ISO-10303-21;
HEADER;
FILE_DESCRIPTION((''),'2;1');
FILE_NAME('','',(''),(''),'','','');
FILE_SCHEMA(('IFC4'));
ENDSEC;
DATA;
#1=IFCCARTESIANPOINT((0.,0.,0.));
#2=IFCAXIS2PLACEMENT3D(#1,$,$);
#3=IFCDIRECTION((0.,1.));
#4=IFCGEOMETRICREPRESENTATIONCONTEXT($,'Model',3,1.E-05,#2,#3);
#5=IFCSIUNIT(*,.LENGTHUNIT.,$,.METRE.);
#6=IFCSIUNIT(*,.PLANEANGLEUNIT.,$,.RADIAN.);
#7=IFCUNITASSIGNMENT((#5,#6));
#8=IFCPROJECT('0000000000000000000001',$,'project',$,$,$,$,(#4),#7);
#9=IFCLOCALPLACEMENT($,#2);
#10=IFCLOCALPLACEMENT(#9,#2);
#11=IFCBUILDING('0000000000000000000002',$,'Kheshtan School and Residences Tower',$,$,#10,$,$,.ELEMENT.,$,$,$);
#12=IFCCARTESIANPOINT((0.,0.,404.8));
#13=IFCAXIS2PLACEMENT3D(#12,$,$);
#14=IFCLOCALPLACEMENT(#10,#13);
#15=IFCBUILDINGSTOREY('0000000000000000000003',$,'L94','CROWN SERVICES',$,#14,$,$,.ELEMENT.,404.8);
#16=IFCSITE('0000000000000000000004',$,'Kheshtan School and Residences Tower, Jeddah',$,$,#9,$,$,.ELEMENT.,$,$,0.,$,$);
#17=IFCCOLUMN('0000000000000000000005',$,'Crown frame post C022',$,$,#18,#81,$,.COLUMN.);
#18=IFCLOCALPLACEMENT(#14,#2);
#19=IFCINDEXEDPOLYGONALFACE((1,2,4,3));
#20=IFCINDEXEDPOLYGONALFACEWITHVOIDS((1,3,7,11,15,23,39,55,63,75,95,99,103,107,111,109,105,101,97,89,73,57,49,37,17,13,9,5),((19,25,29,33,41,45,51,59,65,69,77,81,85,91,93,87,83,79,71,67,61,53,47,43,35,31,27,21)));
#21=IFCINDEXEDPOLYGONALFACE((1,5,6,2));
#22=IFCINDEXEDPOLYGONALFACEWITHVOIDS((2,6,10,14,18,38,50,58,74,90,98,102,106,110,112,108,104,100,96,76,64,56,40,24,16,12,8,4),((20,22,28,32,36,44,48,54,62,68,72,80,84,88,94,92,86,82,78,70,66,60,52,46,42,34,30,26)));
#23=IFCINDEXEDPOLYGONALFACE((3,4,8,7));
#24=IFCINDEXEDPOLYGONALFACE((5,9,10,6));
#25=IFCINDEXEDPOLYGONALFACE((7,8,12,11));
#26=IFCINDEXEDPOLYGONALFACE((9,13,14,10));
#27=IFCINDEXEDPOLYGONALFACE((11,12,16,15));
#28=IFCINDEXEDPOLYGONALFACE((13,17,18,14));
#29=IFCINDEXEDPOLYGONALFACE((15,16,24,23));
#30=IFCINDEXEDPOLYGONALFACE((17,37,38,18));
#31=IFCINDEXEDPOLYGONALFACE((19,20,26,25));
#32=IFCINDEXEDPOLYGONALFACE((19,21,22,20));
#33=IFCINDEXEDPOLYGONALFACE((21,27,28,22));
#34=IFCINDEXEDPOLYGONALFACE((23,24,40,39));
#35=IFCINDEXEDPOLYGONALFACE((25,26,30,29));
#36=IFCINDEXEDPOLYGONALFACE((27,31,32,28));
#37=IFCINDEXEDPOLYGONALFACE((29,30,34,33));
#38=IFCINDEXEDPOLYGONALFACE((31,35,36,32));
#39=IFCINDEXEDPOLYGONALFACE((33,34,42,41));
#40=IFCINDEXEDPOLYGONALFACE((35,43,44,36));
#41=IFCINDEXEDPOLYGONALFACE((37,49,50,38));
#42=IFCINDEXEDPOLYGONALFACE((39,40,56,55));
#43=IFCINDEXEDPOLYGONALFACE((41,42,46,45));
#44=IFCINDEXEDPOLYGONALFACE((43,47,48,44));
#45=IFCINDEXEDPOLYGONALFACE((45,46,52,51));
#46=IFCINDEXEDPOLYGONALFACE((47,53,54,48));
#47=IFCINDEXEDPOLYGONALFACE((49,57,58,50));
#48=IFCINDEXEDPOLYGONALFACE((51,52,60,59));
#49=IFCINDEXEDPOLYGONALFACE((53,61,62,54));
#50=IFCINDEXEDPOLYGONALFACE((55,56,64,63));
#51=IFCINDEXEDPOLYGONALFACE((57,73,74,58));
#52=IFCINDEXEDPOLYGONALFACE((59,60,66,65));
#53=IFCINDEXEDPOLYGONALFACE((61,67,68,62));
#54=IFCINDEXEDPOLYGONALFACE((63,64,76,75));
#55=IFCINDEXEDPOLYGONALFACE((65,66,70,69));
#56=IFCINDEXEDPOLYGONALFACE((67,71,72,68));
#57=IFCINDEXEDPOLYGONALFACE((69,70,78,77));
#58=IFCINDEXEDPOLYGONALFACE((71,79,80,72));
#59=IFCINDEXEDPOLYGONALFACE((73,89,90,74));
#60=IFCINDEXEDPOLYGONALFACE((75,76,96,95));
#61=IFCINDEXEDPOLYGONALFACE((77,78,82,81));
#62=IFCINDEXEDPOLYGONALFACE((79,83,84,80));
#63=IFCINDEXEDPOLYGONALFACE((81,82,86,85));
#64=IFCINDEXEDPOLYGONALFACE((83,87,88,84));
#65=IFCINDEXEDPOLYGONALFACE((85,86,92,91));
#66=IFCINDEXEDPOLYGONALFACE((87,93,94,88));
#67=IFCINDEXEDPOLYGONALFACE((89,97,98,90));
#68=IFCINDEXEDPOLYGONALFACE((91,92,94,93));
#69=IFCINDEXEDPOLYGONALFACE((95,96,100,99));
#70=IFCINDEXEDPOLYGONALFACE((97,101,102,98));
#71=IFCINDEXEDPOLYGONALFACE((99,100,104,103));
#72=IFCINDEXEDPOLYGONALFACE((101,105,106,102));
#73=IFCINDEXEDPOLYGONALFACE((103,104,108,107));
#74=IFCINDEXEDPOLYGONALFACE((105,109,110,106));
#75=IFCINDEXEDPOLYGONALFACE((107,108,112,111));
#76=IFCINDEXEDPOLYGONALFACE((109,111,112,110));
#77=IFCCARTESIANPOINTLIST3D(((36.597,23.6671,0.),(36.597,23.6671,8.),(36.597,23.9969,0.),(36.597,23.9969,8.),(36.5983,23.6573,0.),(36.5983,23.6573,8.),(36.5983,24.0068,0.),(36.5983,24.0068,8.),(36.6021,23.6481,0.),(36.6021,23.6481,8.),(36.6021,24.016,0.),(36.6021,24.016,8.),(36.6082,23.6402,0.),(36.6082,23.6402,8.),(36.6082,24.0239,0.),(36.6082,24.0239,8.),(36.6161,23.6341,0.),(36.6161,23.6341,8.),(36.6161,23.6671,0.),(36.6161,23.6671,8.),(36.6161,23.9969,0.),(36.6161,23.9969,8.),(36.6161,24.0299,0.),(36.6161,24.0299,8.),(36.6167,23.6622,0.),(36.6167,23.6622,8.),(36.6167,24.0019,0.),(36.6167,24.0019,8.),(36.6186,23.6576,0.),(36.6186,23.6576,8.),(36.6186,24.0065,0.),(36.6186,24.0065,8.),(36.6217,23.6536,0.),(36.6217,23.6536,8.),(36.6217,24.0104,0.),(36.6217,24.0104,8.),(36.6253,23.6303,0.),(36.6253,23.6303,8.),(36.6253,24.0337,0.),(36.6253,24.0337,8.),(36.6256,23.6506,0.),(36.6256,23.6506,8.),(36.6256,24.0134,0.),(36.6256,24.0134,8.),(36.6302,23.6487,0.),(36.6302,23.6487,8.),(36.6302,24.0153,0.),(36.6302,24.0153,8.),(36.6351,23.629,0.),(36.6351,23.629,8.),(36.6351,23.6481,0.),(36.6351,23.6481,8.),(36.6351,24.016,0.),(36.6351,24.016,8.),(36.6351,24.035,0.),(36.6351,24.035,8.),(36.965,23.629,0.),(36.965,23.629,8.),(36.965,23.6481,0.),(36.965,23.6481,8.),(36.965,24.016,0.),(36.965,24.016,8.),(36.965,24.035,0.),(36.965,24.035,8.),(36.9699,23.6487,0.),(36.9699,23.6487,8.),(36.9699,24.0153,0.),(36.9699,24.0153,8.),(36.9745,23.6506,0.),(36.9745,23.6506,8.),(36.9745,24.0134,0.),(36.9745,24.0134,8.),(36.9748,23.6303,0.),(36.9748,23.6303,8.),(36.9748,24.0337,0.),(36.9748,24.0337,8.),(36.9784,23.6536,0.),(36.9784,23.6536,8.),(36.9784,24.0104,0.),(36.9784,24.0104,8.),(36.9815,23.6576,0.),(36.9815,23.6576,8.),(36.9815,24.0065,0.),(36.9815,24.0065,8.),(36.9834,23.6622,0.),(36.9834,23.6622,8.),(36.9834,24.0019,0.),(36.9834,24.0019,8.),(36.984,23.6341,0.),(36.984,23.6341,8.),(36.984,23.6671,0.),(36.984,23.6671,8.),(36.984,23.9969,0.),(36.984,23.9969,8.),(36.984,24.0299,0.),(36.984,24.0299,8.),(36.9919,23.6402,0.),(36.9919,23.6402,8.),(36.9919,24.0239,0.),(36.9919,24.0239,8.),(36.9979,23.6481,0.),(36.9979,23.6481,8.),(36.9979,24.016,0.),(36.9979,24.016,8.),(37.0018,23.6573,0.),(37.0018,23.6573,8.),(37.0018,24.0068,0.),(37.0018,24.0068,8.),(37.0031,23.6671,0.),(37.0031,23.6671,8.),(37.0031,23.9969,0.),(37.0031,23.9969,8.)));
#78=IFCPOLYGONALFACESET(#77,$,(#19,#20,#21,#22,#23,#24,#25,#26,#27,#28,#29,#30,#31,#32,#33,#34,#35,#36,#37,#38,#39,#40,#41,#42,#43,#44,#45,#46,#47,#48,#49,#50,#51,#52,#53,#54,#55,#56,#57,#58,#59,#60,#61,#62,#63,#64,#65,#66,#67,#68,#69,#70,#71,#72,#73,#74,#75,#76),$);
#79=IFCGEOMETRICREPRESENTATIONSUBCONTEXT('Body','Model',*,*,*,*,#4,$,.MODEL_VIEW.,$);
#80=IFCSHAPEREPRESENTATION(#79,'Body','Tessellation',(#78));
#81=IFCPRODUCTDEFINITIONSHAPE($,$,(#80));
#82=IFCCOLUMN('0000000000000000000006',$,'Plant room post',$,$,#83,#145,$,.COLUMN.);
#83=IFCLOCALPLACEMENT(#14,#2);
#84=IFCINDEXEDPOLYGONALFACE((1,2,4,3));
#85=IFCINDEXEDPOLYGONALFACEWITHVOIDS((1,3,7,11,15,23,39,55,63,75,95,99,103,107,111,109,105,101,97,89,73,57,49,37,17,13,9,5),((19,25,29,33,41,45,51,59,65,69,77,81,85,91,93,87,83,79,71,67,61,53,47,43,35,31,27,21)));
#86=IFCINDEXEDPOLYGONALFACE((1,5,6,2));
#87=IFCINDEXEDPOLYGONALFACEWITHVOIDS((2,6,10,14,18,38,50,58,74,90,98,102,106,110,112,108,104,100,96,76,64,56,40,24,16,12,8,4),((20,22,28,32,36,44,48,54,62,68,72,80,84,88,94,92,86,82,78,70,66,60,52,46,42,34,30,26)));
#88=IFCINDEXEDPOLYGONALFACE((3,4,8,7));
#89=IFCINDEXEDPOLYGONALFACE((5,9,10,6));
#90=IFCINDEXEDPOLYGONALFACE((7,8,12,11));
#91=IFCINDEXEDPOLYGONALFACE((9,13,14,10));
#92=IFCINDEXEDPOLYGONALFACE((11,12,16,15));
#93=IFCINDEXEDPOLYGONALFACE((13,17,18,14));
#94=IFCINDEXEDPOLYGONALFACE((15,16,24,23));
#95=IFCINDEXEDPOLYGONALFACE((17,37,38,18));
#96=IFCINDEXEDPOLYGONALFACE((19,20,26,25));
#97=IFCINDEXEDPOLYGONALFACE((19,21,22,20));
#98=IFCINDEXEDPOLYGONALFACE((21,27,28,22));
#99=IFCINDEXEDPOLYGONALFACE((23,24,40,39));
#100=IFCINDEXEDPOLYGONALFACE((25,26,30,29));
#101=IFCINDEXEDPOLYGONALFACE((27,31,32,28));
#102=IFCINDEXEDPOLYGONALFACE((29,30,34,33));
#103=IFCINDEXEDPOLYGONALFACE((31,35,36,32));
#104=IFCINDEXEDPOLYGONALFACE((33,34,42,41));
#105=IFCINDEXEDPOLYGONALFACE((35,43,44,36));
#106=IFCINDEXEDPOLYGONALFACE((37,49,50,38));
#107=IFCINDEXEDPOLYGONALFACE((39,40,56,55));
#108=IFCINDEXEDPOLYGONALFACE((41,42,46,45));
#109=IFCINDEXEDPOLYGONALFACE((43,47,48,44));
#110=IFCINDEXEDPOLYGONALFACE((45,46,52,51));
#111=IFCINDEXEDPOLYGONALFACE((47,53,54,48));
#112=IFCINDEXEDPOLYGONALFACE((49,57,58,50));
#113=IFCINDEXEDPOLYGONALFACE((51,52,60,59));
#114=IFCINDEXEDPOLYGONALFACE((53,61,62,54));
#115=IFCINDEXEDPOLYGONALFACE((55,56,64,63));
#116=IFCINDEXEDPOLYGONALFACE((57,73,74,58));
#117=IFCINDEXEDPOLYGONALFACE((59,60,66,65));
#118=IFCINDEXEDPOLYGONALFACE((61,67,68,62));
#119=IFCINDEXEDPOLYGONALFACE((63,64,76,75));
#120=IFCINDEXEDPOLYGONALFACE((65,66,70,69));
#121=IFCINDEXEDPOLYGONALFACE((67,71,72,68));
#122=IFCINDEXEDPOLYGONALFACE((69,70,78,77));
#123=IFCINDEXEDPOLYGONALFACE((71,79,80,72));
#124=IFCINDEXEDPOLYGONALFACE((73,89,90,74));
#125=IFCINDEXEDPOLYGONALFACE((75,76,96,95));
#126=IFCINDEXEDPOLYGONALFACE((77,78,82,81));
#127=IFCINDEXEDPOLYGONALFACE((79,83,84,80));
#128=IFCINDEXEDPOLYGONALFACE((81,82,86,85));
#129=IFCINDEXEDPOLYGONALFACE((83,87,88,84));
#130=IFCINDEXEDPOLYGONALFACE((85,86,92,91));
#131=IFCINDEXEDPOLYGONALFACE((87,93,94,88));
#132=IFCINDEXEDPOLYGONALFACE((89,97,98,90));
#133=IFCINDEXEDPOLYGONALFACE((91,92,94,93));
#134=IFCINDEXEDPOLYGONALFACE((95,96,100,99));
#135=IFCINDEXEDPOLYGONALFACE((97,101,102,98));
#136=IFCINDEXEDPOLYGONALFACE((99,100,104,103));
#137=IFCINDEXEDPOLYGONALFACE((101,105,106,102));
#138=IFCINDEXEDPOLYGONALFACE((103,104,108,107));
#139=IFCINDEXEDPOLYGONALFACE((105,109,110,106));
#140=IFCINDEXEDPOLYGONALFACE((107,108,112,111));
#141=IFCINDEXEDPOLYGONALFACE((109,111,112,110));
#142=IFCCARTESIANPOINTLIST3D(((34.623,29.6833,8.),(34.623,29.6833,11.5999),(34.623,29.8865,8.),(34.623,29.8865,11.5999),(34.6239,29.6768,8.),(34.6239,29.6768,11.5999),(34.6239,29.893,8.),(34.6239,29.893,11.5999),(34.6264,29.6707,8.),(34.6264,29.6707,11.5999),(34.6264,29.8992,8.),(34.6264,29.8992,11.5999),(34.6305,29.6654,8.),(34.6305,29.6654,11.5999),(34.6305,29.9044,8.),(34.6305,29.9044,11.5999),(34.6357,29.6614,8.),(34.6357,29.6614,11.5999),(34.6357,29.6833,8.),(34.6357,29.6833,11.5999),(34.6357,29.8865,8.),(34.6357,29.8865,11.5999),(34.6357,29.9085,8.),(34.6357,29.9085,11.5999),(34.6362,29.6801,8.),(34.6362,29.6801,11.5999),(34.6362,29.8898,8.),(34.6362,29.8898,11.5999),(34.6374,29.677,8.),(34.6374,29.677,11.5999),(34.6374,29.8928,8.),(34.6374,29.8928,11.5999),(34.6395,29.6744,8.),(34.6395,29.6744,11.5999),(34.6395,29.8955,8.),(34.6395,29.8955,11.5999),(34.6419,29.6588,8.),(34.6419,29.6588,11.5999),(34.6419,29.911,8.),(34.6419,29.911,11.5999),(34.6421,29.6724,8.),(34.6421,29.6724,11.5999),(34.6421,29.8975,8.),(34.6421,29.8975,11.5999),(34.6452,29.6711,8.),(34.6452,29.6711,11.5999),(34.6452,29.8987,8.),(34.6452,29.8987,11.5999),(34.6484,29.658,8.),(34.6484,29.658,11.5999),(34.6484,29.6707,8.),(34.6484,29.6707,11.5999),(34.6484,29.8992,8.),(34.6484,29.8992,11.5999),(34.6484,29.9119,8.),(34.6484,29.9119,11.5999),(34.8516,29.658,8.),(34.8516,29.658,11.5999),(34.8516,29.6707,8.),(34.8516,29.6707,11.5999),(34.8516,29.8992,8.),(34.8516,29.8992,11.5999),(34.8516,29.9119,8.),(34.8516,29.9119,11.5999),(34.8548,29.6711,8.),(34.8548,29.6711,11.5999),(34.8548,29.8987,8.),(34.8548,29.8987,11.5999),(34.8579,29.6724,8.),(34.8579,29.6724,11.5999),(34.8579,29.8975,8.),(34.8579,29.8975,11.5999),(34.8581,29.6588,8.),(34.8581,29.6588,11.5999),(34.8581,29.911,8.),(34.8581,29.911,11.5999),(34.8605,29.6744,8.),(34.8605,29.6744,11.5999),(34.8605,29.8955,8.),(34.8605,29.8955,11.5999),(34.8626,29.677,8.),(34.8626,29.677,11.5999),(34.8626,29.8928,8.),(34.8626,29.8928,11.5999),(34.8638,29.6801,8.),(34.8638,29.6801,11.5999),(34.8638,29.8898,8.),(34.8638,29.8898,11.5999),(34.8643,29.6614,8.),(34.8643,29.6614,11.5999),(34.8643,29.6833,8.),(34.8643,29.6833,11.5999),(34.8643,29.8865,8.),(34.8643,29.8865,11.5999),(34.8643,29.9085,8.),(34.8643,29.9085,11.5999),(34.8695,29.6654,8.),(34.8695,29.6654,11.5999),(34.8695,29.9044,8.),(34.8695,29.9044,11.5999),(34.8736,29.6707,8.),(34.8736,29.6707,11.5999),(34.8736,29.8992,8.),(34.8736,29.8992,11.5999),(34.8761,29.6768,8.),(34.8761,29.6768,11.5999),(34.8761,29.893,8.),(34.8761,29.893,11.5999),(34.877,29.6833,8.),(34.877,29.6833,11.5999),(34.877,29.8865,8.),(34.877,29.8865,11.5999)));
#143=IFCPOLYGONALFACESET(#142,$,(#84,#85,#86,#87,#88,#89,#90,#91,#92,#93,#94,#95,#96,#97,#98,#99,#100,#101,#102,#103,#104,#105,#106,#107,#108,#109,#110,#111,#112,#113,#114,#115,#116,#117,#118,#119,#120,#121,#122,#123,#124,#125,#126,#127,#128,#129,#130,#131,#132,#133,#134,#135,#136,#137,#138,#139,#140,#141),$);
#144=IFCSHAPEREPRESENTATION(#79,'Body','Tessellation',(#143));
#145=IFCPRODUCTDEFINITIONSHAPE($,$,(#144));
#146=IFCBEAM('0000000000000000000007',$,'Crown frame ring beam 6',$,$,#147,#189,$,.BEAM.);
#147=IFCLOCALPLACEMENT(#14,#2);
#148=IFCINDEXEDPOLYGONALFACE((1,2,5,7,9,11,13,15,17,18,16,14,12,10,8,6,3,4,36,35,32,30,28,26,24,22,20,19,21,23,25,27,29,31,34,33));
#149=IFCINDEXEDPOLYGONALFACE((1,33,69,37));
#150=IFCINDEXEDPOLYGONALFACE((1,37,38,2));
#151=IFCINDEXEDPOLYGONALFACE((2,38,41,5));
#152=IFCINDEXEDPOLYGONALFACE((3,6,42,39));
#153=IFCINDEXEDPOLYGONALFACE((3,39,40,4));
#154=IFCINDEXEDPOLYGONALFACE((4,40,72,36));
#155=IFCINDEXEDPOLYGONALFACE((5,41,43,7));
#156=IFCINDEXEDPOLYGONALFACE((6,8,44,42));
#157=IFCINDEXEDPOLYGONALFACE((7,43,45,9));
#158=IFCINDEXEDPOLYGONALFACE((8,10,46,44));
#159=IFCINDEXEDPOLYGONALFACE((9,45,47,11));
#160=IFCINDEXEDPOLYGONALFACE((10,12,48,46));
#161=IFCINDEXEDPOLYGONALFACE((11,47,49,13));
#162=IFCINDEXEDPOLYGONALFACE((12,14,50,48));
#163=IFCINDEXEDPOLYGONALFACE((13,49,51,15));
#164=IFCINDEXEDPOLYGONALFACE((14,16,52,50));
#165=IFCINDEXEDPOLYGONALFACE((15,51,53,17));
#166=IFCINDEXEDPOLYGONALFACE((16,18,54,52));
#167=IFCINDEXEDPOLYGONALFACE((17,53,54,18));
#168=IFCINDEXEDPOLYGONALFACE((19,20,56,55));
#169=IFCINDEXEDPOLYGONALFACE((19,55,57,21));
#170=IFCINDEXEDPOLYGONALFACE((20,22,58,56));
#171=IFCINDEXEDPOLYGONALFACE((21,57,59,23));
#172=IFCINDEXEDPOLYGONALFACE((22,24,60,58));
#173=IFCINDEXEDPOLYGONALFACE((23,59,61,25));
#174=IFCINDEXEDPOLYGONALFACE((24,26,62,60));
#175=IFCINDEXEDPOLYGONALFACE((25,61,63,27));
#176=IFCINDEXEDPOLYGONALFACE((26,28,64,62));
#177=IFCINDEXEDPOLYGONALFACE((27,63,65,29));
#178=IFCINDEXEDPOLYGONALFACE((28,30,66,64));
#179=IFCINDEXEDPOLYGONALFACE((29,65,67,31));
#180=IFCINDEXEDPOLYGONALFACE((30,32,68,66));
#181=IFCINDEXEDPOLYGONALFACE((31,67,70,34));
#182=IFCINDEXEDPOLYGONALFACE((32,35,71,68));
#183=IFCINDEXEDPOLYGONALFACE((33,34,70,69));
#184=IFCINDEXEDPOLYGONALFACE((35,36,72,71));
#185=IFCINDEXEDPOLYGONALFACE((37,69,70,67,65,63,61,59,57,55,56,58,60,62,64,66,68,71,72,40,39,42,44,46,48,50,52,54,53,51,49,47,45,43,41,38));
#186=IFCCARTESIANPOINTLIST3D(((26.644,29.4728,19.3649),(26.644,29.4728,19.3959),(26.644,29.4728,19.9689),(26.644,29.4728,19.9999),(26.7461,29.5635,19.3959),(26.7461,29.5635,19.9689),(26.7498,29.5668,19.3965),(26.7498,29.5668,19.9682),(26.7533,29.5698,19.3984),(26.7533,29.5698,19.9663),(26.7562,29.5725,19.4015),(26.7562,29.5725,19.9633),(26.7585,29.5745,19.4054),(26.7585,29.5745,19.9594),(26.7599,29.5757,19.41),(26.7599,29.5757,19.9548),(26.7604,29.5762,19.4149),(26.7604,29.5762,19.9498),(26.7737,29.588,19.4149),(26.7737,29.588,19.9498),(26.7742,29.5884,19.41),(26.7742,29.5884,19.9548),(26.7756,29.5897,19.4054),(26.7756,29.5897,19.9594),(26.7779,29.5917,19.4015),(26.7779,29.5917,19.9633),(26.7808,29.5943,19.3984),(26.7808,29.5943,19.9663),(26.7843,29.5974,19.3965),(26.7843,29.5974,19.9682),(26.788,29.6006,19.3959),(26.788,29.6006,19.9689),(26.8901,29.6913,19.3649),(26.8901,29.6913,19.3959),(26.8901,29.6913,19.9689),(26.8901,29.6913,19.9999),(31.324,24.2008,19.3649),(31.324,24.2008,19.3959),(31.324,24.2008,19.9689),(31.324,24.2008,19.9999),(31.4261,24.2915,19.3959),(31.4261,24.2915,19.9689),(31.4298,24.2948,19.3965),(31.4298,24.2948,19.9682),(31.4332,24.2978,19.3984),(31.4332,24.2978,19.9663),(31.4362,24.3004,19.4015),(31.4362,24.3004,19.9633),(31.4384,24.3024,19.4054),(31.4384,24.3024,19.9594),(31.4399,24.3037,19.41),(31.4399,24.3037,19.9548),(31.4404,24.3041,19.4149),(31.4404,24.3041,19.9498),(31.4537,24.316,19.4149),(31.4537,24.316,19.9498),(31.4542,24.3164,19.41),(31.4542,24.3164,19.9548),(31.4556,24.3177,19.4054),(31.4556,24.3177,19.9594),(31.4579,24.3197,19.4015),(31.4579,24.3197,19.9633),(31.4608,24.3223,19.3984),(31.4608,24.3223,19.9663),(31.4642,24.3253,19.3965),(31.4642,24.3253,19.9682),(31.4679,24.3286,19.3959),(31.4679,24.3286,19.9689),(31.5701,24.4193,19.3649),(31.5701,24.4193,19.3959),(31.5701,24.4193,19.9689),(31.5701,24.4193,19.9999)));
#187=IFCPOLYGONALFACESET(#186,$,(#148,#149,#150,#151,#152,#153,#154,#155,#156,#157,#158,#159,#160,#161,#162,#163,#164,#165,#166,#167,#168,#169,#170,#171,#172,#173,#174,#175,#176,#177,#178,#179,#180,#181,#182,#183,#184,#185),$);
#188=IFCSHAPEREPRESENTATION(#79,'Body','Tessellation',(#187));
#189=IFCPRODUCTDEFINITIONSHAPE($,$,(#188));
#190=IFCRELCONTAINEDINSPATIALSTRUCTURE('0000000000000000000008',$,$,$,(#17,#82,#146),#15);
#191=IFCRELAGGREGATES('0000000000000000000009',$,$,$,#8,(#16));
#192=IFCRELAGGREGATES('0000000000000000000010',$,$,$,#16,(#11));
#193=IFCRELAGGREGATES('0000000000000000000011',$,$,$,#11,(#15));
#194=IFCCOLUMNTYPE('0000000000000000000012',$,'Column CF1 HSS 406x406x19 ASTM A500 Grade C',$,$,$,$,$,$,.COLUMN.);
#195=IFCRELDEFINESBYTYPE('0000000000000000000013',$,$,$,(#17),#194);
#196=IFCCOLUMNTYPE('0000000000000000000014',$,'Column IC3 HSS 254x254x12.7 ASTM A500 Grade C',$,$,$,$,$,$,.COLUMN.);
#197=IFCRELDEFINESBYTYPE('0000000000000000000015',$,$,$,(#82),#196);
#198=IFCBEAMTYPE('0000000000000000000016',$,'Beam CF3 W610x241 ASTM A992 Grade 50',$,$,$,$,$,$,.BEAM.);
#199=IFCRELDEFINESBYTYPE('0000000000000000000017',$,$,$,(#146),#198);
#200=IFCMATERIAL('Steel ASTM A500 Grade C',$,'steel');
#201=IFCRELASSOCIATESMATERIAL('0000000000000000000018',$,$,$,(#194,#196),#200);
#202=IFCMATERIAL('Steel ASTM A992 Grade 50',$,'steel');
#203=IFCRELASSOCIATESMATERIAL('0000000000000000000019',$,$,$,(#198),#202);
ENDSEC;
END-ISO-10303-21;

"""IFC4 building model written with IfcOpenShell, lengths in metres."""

from ifc_helpers import new_model, si_unit, direction, frame, origin, origin_2d, place, context, subcontext, project, spatial, hollow_rectangle, i_section, extrude, material, material_profile, profile_set, type_object, element, save


model = new_model("IFC4")

# Units and contexts
model_context = context("Model", 3, precision=1e-05, world=origin(), true_north=direction((0.0, 1.0)))
body_context = subcontext(model_context, "Body", "Model", "MODEL_VIEW")
ifc_project = project(units=[si_unit("LENGTHUNIT", "METRE"), si_unit("PLANEANGLEUNIT", "RADIAN")], contexts=[model_context])

# Site, building, storey
site_placement = place(None, origin())
site = spatial("IfcSite", under=ifc_project, at=site_placement, Name="Kheshtan School and Residences Tower, Jeddah", CompositionType="ELEMENT", RefElevation=0.0)
building_placement = place(site_placement, origin())
building = spatial("IfcBuilding", under=site, at=building_placement, Name="Kheshtan School and Residences Tower", CompositionType="ELEMENT")
storey_placement = place(building_placement, frame((0.0, 0.0, 404.8)))
storey = spatial("IfcBuildingStorey", under=building, at=storey_placement, Name="L94", Description="CROWN SERVICES", CompositionType="ELEMENT", Elevation=404.8)

# Columns
ifc_material_1 = material(Name="Steel ASTM A500 Grade C", Category="steel")
ifc_material_profile_1 = material_profile(ifc_material_1, hollow_rectangle(XDim=0.406, YDim=0.406, WallThickness=0.019, InnerFilletRadius=0.019, OuterFilletRadius=0.0381, at=origin_2d()), Name="HSS 406x406x19")
ifc_profile_set_1 = profile_set([ifc_material_profile_1], Name="Steel ASTM A500 Grade C")
column_type_1 = type_object("IfcColumnType", Name="Column CF1 HSS 406x406x19 ASTM A500 Grade C", PredefinedType="COLUMN", material=ifc_profile_set_1)
column_1_placement = place(storey_placement, frame((36.8, 23.832, 0.0), z_axis=(0.0, 0.0, 1.0), x_axis=(1.0, 0.0, 0.0)))
element("IfcColumn", 1, at=column_1_placement, inside=storey, type_object=column_type_1, Name="Crown frame post C022", PredefinedType="COLUMN", context=body_context, shape_type="SweptSolid", body=[
    extrude(hollow_rectangle(XDim=0.406, YDim=0.406, WallThickness=0.019, InnerFilletRadius=0.019, OuterFilletRadius=0.0381, at=origin_2d()), origin(), (0.0, 0.0, 1.0), 8.0),
])
ifc_material_profile_2 = material_profile(ifc_material_1, hollow_rectangle(XDim=0.2539, YDim=0.2539, WallThickness=0.0127, InnerFilletRadius=0.0127, OuterFilletRadius=0.0254, at=origin_2d()), Name="HSS 254x254x12.7")
ifc_profile_set_2 = profile_set([ifc_material_profile_2], Name="Steel ASTM A500 Grade C")
column_type_2 = type_object("IfcColumnType", Name="Column IC3 HSS 254x254x12.7 ASTM A500 Grade C", PredefinedType="COLUMN", material=ifc_profile_set_2)
column_2_placement = place(storey_placement, frame((34.75, 29.7849, 8.0), z_axis=(0.0, 0.0, 1.0), x_axis=(1.0, 0.0, 0.0)))
element("IfcColumn", 2, at=column_2_placement, inside=storey, type_object=column_type_2, Name="Plant room post", PredefinedType="COLUMN", context=body_context, shape_type="SweptSolid", body=[
    extrude(hollow_rectangle(XDim=0.2539, YDim=0.2539, WallThickness=0.0127, InnerFilletRadius=0.0127, OuterFilletRadius=0.0254, at=origin_2d()), origin(), (0.0, 0.0, 1.0), 3.5999),
])

# Beam
ifc_material_2 = material(Name="Steel ASTM A992 Grade 50", Category="steel")
ifc_material_profile_3 = material_profile(ifc_material_2, i_section(OverallWidth=0.3291, OverallDepth=0.635, WebThickness=0.0178, FlangeThickness=0.031, FilletRadius=0.019, at=origin_2d()), Name="W610x241")
ifc_profile_set_3 = profile_set([ifc_material_profile_3], Name="Steel ASTM A992 Grade 50")
beam_type_1 = type_object("IfcBeamType", Name="Beam CF3 W610x241 ASTM A992 Grade 50", PredefinedType="BEAM", material=ifc_profile_set_3)
beam_1_placement = place(storey_placement, frame((31.447, 24.3101, 19.6824), z_axis=(-0.663867, 0.747851, 0.0), x_axis=(-0.747851, -0.663867, 0.0)))
element("IfcBeam", 3, at=beam_1_placement, inside=storey, type_object=beam_type_1, Name="Crown frame ring beam 6", PredefinedType="BEAM", context=body_context, shape_type="SweptSolid", body=[
    extrude(i_section(OverallWidth=0.3291, OverallDepth=0.635, WebThickness=0.0178, FlangeThickness=0.031, FilletRadius=0.019, at=origin_2d()), origin(), (0.0, 0.0, 1.0), 7.0496),
])

save(model, "model.ifc")
